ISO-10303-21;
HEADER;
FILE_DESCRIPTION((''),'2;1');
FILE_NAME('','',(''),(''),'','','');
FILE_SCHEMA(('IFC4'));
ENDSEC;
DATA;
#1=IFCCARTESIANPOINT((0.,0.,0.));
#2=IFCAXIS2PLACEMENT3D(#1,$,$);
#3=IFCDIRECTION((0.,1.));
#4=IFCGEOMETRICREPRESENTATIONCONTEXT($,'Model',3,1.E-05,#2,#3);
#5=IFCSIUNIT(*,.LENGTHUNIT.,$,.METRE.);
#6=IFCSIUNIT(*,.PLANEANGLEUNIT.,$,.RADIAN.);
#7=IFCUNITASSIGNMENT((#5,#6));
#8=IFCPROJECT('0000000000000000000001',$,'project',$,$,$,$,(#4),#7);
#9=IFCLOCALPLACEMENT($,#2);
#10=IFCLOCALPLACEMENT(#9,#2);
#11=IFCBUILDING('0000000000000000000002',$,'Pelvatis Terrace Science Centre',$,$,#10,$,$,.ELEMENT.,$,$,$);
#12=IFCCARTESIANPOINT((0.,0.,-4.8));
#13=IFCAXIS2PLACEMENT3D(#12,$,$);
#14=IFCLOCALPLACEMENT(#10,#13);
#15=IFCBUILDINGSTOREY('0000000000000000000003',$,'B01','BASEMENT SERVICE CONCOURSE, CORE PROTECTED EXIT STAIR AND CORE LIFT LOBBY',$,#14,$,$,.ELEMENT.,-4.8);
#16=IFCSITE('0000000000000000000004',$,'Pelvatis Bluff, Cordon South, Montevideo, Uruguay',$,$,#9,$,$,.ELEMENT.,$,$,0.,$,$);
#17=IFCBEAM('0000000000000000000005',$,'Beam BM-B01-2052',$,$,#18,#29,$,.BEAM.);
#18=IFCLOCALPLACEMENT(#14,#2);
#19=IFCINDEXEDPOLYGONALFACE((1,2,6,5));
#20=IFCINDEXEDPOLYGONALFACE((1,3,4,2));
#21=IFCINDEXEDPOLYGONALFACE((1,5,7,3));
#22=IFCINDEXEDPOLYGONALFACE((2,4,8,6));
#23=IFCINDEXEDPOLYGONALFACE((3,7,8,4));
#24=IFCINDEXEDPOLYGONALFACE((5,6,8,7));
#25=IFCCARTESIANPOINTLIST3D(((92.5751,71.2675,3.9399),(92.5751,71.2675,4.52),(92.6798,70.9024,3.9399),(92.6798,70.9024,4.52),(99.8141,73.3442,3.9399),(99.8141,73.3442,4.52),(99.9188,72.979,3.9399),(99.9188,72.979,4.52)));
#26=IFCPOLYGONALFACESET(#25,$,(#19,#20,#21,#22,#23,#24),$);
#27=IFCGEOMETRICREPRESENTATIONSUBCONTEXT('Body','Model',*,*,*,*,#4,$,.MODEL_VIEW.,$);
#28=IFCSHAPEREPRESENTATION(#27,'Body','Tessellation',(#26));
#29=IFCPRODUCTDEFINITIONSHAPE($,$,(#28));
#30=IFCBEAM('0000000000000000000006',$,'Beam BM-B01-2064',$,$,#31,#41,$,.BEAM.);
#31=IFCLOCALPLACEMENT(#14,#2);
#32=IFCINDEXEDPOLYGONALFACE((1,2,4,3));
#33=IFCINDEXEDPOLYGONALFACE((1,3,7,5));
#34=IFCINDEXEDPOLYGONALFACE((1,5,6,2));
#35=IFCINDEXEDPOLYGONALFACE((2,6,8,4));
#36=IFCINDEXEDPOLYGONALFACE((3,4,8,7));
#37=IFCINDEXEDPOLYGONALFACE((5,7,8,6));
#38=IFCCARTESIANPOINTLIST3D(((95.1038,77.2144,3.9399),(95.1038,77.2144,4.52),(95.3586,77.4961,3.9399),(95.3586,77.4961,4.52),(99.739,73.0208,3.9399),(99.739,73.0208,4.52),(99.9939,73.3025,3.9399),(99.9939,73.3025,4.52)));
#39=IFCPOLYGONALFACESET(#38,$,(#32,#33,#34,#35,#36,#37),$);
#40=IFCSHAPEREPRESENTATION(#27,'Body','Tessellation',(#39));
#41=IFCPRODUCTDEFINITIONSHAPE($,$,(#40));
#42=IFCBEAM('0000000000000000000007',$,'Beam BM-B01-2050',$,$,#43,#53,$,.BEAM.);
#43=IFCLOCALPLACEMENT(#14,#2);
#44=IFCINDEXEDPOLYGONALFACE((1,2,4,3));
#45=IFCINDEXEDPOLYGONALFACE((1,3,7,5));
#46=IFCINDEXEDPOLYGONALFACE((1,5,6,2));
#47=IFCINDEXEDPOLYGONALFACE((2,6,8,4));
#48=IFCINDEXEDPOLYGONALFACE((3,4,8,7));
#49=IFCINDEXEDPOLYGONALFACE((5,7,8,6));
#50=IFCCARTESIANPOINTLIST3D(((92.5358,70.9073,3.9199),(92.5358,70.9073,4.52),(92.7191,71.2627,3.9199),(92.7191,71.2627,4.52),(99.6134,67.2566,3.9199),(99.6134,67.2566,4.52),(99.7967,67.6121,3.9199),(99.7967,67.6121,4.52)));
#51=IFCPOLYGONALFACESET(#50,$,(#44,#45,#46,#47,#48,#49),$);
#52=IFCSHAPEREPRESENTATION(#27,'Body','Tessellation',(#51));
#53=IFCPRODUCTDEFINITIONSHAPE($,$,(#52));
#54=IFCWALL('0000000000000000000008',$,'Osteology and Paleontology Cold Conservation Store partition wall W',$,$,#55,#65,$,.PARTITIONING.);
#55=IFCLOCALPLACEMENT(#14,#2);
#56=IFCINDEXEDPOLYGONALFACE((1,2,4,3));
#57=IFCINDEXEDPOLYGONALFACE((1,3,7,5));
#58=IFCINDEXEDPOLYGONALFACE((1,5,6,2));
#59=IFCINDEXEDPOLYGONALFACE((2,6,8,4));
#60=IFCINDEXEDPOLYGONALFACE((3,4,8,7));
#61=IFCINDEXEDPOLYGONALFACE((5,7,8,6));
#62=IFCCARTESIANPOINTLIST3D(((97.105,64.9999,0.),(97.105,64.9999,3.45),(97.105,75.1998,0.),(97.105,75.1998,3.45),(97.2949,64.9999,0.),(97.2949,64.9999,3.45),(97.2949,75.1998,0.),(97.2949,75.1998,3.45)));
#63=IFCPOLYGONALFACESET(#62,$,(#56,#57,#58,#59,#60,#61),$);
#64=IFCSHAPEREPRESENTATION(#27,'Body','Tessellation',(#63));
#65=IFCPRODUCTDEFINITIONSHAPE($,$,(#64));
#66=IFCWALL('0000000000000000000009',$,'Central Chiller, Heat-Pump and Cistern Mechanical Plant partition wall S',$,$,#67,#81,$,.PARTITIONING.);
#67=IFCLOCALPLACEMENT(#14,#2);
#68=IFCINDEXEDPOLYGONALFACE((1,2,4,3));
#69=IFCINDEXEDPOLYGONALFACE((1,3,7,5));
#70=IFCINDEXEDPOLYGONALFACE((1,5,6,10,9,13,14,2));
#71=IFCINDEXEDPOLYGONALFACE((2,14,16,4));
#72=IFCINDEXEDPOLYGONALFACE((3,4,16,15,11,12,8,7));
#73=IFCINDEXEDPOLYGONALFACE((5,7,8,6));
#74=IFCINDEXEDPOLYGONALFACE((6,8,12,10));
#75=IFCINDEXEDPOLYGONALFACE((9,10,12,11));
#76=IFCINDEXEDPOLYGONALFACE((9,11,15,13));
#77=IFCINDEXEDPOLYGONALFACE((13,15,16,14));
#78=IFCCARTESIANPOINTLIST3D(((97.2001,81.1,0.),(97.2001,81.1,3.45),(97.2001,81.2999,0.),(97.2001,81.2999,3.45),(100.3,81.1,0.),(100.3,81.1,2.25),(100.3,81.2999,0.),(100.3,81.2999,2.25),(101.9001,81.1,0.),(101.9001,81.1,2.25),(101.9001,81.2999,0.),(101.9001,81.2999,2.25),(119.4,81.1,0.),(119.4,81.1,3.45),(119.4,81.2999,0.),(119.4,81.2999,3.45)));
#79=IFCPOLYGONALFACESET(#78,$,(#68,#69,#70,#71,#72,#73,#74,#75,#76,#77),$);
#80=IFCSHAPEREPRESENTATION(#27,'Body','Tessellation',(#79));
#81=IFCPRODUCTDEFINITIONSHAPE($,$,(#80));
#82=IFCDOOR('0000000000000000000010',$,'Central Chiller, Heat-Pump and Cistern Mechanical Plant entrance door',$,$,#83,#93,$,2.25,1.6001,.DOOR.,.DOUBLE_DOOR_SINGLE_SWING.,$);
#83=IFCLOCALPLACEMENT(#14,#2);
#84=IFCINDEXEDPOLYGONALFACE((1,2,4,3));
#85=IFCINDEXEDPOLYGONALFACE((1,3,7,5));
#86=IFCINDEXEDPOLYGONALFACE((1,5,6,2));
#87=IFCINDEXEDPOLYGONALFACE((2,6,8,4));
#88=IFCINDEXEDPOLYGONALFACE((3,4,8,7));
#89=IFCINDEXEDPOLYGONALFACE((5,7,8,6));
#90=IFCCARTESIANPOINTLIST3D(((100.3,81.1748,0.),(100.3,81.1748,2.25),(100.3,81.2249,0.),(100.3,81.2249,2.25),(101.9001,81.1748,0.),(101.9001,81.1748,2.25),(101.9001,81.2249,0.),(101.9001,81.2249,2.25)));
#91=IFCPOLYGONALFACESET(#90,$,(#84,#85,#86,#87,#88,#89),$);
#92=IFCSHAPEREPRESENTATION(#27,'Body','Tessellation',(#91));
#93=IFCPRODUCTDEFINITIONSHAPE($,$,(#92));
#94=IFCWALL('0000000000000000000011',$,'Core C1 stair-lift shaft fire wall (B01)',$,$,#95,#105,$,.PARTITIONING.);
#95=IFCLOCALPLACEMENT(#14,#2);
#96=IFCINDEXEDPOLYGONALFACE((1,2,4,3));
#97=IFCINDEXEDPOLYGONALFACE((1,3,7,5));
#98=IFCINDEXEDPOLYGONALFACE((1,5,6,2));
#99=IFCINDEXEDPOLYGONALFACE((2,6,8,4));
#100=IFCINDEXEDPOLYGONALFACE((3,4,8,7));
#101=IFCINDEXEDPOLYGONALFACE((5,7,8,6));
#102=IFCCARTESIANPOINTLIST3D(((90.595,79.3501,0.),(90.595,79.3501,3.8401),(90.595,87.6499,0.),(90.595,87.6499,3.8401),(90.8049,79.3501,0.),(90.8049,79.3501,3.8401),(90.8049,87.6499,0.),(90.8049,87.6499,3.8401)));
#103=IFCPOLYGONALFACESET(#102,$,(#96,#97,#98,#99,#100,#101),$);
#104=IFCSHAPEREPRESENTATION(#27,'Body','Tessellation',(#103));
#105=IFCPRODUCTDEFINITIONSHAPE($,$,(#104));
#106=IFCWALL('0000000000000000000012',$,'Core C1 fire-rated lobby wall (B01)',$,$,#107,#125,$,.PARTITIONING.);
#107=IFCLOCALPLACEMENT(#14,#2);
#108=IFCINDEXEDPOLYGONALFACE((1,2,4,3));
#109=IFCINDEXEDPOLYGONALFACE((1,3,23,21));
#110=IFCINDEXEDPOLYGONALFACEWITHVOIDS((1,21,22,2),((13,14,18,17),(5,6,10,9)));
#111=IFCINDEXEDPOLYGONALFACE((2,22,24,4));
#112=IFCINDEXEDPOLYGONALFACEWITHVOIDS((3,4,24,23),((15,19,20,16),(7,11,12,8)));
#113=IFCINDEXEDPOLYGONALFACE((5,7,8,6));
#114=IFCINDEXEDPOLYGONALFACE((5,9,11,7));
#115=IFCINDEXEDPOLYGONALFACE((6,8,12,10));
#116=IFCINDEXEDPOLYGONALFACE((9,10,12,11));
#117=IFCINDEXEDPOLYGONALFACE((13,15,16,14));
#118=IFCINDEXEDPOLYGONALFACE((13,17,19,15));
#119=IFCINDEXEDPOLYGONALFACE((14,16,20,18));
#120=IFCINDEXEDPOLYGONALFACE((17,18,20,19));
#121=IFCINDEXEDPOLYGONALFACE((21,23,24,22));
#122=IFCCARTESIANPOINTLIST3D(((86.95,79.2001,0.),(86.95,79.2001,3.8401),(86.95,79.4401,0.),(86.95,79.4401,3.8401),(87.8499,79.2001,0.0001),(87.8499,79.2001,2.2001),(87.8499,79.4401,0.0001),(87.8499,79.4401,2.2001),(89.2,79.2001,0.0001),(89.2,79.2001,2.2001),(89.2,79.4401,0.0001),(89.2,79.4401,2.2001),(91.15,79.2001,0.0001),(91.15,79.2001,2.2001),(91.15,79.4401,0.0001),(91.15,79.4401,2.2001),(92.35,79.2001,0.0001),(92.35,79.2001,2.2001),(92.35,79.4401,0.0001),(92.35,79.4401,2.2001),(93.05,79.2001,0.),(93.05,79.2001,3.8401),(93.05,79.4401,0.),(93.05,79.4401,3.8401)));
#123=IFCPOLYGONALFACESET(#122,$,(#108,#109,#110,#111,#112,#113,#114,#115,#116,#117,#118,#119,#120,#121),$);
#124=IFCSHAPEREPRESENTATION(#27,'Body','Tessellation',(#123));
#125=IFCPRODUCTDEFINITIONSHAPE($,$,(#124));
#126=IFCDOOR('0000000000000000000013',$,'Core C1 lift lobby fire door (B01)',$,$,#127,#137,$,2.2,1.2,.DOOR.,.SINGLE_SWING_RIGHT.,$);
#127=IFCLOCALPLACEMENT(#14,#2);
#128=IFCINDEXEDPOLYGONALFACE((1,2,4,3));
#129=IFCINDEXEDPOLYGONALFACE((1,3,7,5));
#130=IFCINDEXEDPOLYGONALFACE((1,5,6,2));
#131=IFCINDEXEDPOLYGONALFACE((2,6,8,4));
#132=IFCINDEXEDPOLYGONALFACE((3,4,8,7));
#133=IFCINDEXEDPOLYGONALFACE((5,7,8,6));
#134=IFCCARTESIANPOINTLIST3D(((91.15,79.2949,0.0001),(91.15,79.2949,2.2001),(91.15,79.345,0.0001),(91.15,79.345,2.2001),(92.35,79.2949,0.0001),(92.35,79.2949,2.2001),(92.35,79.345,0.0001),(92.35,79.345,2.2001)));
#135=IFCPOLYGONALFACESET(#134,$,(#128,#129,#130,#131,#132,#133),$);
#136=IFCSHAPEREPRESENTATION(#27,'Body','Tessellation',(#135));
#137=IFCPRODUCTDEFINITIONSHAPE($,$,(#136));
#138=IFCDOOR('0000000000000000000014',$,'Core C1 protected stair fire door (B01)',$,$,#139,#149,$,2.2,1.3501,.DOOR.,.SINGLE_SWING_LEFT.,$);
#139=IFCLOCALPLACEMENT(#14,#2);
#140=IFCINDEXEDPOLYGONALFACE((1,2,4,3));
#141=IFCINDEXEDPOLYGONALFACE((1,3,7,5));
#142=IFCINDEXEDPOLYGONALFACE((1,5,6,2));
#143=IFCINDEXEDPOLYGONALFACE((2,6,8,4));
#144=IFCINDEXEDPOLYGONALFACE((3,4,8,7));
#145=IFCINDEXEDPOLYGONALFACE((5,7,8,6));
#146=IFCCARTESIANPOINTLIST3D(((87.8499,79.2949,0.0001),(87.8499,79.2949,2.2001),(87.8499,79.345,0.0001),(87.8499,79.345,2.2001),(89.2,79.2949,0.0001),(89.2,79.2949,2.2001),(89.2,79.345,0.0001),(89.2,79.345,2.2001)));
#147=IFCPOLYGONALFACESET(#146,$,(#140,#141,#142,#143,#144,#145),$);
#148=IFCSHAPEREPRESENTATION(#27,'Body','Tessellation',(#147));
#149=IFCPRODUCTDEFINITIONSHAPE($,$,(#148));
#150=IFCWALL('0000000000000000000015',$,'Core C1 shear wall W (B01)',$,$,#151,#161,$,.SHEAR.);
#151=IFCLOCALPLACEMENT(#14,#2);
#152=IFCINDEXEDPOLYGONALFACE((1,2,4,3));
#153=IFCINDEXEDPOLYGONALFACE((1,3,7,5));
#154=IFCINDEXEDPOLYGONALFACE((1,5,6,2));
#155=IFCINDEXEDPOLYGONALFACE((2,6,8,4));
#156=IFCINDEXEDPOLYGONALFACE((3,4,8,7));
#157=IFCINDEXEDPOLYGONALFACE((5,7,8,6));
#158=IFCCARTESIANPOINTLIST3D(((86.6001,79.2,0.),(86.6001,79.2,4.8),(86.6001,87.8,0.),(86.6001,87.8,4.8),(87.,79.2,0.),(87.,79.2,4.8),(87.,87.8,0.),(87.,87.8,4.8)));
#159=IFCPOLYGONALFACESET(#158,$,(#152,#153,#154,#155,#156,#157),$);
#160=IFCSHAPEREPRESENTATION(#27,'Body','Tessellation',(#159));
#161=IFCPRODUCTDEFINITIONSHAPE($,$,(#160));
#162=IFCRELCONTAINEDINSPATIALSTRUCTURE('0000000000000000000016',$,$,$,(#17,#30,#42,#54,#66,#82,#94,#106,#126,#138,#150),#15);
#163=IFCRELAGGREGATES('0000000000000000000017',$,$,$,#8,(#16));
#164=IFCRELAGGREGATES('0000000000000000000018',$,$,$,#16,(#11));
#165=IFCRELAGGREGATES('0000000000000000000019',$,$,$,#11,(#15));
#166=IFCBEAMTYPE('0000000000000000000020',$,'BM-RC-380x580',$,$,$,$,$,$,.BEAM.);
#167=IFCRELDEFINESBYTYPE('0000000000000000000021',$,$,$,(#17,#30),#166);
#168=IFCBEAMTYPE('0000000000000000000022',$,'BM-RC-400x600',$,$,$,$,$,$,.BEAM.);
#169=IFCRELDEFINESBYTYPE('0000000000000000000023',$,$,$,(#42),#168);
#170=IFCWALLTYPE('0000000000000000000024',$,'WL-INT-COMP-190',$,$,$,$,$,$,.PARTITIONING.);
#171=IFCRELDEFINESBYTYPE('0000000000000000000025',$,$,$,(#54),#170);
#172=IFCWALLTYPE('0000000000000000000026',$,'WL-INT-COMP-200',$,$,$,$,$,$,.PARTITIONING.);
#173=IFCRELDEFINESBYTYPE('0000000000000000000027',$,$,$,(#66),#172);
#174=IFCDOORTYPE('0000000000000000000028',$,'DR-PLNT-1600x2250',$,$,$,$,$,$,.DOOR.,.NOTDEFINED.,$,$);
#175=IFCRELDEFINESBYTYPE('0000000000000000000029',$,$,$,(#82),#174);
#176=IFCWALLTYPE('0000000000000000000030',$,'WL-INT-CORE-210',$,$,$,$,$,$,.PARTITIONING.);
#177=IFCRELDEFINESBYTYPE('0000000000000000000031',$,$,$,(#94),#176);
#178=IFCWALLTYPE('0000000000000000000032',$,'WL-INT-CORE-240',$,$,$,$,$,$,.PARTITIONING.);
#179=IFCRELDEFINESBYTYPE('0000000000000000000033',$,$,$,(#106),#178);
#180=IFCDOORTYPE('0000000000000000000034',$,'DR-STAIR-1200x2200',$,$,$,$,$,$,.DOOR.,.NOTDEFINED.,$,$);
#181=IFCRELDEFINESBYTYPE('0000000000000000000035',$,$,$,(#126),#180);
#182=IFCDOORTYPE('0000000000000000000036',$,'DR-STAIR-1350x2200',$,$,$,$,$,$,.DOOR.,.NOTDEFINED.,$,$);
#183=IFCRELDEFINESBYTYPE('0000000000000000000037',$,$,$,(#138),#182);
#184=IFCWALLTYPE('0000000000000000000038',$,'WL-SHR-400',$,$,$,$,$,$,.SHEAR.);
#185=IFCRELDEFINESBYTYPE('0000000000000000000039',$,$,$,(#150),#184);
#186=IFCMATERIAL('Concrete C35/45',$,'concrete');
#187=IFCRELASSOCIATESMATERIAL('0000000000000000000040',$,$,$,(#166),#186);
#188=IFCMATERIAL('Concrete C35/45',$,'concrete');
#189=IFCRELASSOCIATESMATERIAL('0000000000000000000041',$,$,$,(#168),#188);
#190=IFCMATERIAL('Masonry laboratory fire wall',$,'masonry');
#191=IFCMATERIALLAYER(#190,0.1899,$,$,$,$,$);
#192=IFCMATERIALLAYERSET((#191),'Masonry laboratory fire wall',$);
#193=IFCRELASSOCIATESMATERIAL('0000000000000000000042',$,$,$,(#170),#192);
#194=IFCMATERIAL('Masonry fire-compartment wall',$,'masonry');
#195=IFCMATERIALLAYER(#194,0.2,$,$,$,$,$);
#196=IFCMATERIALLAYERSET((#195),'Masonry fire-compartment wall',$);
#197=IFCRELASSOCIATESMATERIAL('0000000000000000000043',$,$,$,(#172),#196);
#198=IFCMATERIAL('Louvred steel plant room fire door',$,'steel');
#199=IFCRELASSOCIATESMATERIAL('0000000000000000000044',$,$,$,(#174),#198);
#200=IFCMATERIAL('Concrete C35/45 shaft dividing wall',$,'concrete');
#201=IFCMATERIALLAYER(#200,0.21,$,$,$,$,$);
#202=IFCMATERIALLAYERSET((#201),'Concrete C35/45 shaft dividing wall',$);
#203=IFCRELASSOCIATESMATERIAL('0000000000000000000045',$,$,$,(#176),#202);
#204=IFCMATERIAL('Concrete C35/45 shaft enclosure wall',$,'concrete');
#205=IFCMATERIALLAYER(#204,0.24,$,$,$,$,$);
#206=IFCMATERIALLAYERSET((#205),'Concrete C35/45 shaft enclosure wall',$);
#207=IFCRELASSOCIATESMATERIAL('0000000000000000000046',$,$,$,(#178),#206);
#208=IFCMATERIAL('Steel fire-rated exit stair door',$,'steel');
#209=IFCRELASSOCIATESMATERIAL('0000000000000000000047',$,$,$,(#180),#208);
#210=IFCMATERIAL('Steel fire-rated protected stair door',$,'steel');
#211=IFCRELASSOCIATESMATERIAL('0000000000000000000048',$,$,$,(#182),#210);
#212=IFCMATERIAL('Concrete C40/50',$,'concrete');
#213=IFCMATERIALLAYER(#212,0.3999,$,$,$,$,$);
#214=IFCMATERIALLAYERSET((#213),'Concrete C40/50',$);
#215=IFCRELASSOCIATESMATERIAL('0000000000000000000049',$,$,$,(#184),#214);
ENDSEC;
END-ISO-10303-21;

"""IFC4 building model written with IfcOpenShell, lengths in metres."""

from ifc_helpers import new_model, si_unit, direction, frame, frame_2d, origin, origin_2d, place, context, subcontext, project, spatial, rectangle, extrude, material, layer, layer_set, material_profile, profile_set, type_object, element, fill, save


model = new_model("IFC4")

# Units and contexts
model_context = context("Model", 3, precision=1e-05, world=origin(), true_north=direction((0.0, 1.0)))
body_context = subcontext(model_context, "Body", "Model", "MODEL_VIEW")
ifc_project = project(units=[si_unit("LENGTHUNIT", "METRE"), si_unit("PLANEANGLEUNIT", "RADIAN")], contexts=[model_context])

# Site, building, storey
site_placement = place(None, origin())
site = spatial("IfcSite", under=ifc_project, at=site_placement, Name="Pelvatis Bluff, Cordon South, Montevideo, Uruguay", CompositionType="ELEMENT", RefElevation=0.0)
building_placement = place(site_placement, origin())
building = spatial("IfcBuilding", under=site, at=building_placement, Name="Pelvatis Terrace Science Centre", CompositionType="ELEMENT")
storey_placement = place(building_placement, frame((0.0, 0.0, -4.8)))
storey = spatial("IfcBuildingStorey", under=building, at=storey_placement, Name="B01", Description="BASEMENT SERVICE CONCOURSE, CORE PROTECTED EXIT STAIR AND CORE LIFT LOBBY", CompositionType="ELEMENT", Elevation=-4.8)

# Beams
ifc_material_1 = material(Name="Concrete C35/45", Category="concrete")
ifc_material_profile_1 = material_profile(ifc_material_1, rectangle(XDim=0.3799, YDim=0.5801, at=origin_2d()), Name="RC-BM 380x580")
ifc_profile_set_1 = profile_set([ifc_material_profile_1], Name="Concrete C35/45")
beam_type_1 = type_object("IfcBeamType", Name="BM-RC-380x580", PredefinedType="BEAM", material=ifc_profile_set_1)
beam_1_placement = place(storey_placement, frame((92.6274, 71.085, 4.23), z_axis=(0.96123, 0.275749, 0.0), x_axis=(-0.275749, 0.96123, 0.0)))
element("IfcBeam", 1, at=beam_1_placement, inside=storey, type_object=beam_type_1, Name="Beam BM-B01-2052", PredefinedType="BEAM", context=body_context, shape_type="SweptSolid", body=[
    extrude(rectangle(XDim=0.3799, YDim=0.5801, at=origin_2d()), origin(), (0.0, 0.0, 1.0), 7.531),
])
beam_2_placement = place(storey_placement, frame((95.2312, 77.3552, 4.23), z_axis=(0.741552, -0.670896, 0.0), x_axis=(0.670896, 0.741552, 0.0)))
element("IfcBeam", 2, at=beam_2_placement, inside=storey, type_object=beam_type_1, Name="Beam BM-B01-2064", PredefinedType="BEAM", context=body_context, shape_type="SweptSolid", body=[
    extrude(rectangle(XDim=0.3799, YDim=0.5801, at=origin_2d()), origin(), (0.0, 0.0, 1.0), 6.2507),
])
ifc_material_2 = material(Name="Concrete C35/45", Category="concrete")
ifc_material_profile_2 = material_profile(ifc_material_2, rectangle(XDim=0.3999, YDim=0.6001, at=origin_2d()), Name="RC-BM 400x600")
ifc_profile_set_2 = profile_set([ifc_material_profile_2], Name="Concrete C35/45")
beam_type_2 = type_object("IfcBeamType", Name="BM-RC-400x600", PredefinedType="BEAM", material=ifc_profile_set_2)
beam_3_placement = place(storey_placement, frame((92.6274, 71.085, 4.22), z_axis=(0.88874, -0.458411, 0.0), x_axis=(0.458411, 0.88874, 0.0)))
element("IfcBeam", 3, at=beam_3_placement, inside=storey, type_object=beam_type_2, Name="Beam BM-B01-2050", PredefinedType="BEAM", context=body_context, shape_type="SweptSolid", body=[
    extrude(rectangle(XDim=0.3999, YDim=0.6001, at=origin_2d()), origin(), (0.0, 0.0, 1.0), 7.9636),
])

# Wall
ifc_material_3 = material(Name="Masonry laboratory fire wall", Category="masonry")
ifc_layer_1 = layer(ifc_material_3, 0.1899)
ifc_layer_set_1 = layer_set([ifc_layer_1], Name="Masonry laboratory fire wall")
wall_type_1 = type_object("IfcWallType", Name="WL-INT-COMP-190", PredefinedType="PARTITIONING", material=ifc_layer_set_1)
wall_1_placement = place(storey_placement, frame((97.2, 75.2, 0.0), z_axis=(0.0, 0.0, 1.0), x_axis=(0.0, -1.0, 0.0)))
element("IfcWall", 4, at=wall_1_placement, inside=storey, type_object=wall_type_1, Name="Osteology and Paleontology Cold Conservation Store partition wall W", PredefinedType="PARTITIONING", context=body_context, shape_type="SweptSolid", body=[
    extrude(rectangle(XDim=10.2, YDim=0.1899, at=frame_2d((5.1001, 0.0))), origin(), (0.0, 0.0, 1.0), 3.45),
])

# Wall, opening, door
ifc_material_4 = material(Name="Masonry fire-compartment wall", Category="masonry")
ifc_layer_2 = layer(ifc_material_4, 0.2)
ifc_layer_set_2 = layer_set([ifc_layer_2], Name="Masonry fire-compartment wall")
wall_type_2 = type_object("IfcWallType", Name="WL-INT-COMP-200", PredefinedType="PARTITIONING", material=ifc_layer_set_2)
wall_2_placement = place(storey_placement, frame((97.2, 81.2, 0.0), z_axis=(0.0, 0.0, 1.0), x_axis=(1.0, 0.0, 0.0)))
wall_2 = element("IfcWall", 5, at=wall_2_placement, inside=storey, type_object=wall_type_2, Name="Central Chiller, Heat-Pump and Cistern Mechanical Plant partition wall S", PredefinedType="PARTITIONING", context=body_context, shape_type="SweptSolid", body=[
    extrude(rectangle(XDim=22.2, YDim=0.2, at=frame_2d((11.1001, 0.0))), origin(), (0.0, 0.0, 1.0), 3.45),
])
opening_1_placement = place(wall_2_placement, frame((3.1001, 0.0, 0.0)))
opening_1 = element("IfcOpeningElement", 6, at=opening_1_placement, cuts=wall_2, PredefinedType="OPENING", context=body_context, shape_type="SweptSolid", body=[
    extrude(rectangle(XDim=1.6001, YDim=2.25, at=frame_2d((0.8, 1.125))), frame((0.0, 0.1099, 0.0), z_axis=(0.0, -1.0, 0.0), x_axis=(1.0, 0.0, 0.0)), (0.0, 0.0, 1.0), 0.22),
])
ifc_material_5 = material(Name="Louvred steel plant room fire door", Category="steel")
door_type_1 = type_object("IfcDoorType", Name="DR-PLNT-1600x2250", OperationType="NOTDEFINED", PredefinedType="DOOR", material=ifc_material_5)
door_1_placement = place(opening_1_placement, origin())
door_1 = element("IfcDoor", 7, at=door_1_placement, inside=storey, type_object=door_type_1, Name="Central Chiller, Heat-Pump and Cistern Mechanical Plant entrance door", OperationType="DOUBLE_DOOR_SINGLE_SWING", OverallHeight=2.25, OverallWidth=1.6001, PredefinedType="DOOR", context=body_context, shape_type="SweptSolid", body=[
    extrude(rectangle(XDim=1.6001, YDim=2.25, at=frame_2d((0.8, 1.125))), frame((0.0, 0.0249, 0.0), z_axis=(0.0, -1.0, 0.0), x_axis=(1.0, 0.0, 0.0)), (0.0, 0.0, 1.0), 0.05),
])
fill(opening_1, door_1)

# Wall
ifc_material_6 = material(Name="Concrete C35/45 shaft dividing wall", Category="concrete")
ifc_layer_3 = layer(ifc_material_6, 0.21)
ifc_layer_set_3 = layer_set([ifc_layer_3], Name="Concrete C35/45 shaft dividing wall")
wall_type_3 = type_object("IfcWallType", Name="WL-INT-CORE-210", PredefinedType="PARTITIONING", material=ifc_layer_set_3)
wall_3_placement = place(storey_placement, frame((90.7, 79.3501, 0.0), z_axis=(0.0, 0.0, 1.0), x_axis=(0.0, 1.0, 0.0)))
element("IfcWall", 8, at=wall_3_placement, inside=storey, type_object=wall_type_3, Name="Core C1 stair-lift shaft fire wall (B01)", PredefinedType="PARTITIONING", context=body_context, shape_type="SweptSolid", body=[
    extrude(rectangle(XDim=8.2998, YDim=0.21, at=frame_2d((4.1499, 0.0))), origin(), (0.0, 0.0, 1.0), 3.8401),
])

# Wall, openings, doors
ifc_material_7 = material(Name="Concrete C35/45 shaft enclosure wall", Category="concrete")
ifc_layer_4 = layer(ifc_material_7, 0.24)
ifc_layer_set_4 = layer_set([ifc_layer_4], Name="Concrete C35/45 shaft enclosure wall")
wall_type_4 = type_object("IfcWallType", Name="WL-INT-CORE-240", PredefinedType="PARTITIONING", material=ifc_layer_set_4)
wall_4_placement = place(storey_placement, frame((86.95, 79.3201, 0.0), z_axis=(0.0, 0.0, 1.0), x_axis=(1.0, 0.0, 0.0)))
wall_4 = element("IfcWall", 9, at=wall_4_placement, inside=storey, type_object=wall_type_4, Name="Core C1 fire-rated lobby wall (B01)", PredefinedType="PARTITIONING", context=body_context, shape_type="SweptSolid", body=[
    extrude(rectangle(XDim=6.1001, YDim=0.24, at=frame_2d((3.05, 0.0))), origin(), (0.0, 0.0, 1.0), 3.8401),
])
opening_2_placement = place(wall_4_placement, frame((0.8999, 0.0, 0.0)))
opening_2 = element("IfcOpeningElement", 10, at=opening_2_placement, cuts=wall_4, PredefinedType="OPENING", context=body_context, shape_type="SweptSolid", body=[
    extrude(rectangle(XDim=1.3501, YDim=2.2, at=frame_2d((0.675, 1.1001))), frame((0.0, 0.1299, 0.0), z_axis=(0.0, -1.0, 0.0), x_axis=(1.0, 0.0, 0.0)), (0.0, 0.0, 1.0), 0.26),
])
opening_3_placement = place(wall_4_placement, frame((4.2, 0.0, 0.0)))
opening_3 = element("IfcOpeningElement", 11, at=opening_3_placement, cuts=wall_4, PredefinedType="OPENING", context=body_context, shape_type="SweptSolid", body=[
    extrude(rectangle(XDim=1.2, YDim=2.2, at=frame_2d((0.6001, 1.1001))), frame((0.0, 0.1299, 0.0), z_axis=(0.0, -1.0, 0.0), x_axis=(1.0, 0.0, 0.0)), (0.0, 0.0, 1.0), 0.26),
])
ifc_material_8 = material(Name="Steel fire-rated exit stair door", Category="steel")
door_type_2 = type_object("IfcDoorType", Name="DR-STAIR-1200x2200", OperationType="NOTDEFINED", PredefinedType="DOOR", material=ifc_material_8)
door_2_placement = place(opening_3_placement, origin())
door_2 = element("IfcDoor", 12, at=door_2_placement, inside=storey, type_object=door_type_2, Name="Core C1 lift lobby fire door (B01)", OperationType="SINGLE_SWING_RIGHT", OverallHeight=2.2, OverallWidth=1.2, PredefinedType="DOOR", context=body_context, shape_type="SweptSolid", body=[
    extrude(rectangle(XDim=1.2, YDim=2.2, at=frame_2d((0.6001, 1.1001))), frame((0.0, 0.0249, 0.0), z_axis=(0.0, -1.0, 0.0), x_axis=(1.0, 0.0, 0.0)), (0.0, 0.0, 1.0), 0.05),
])
fill(opening_3, door_2)
ifc_material_9 = material(Name="Steel fire-rated protected stair door", Category="steel")
door_type_3 = type_object("IfcDoorType", Name="DR-STAIR-1350x2200", OperationType="NOTDEFINED", PredefinedType="DOOR", material=ifc_material_9)
door_3_placement = place(opening_2_placement, origin())
door_3 = element("IfcDoor", 13, at=door_3_placement, inside=storey, type_object=door_type_3, Name="Core C1 protected stair fire door (B01)", OperationType="SINGLE_SWING_LEFT", OverallHeight=2.2, OverallWidth=1.3501, PredefinedType="DOOR", context=body_context, shape_type="SweptSolid", body=[
    extrude(rectangle(XDim=1.3501, YDim=2.2, at=frame_2d((0.675, 1.1001))), frame((0.0, 0.0249, 0.0), z_axis=(0.0, -1.0, 0.0), x_axis=(1.0, 0.0, 0.0)), (0.0, 0.0, 1.0), 0.05),
])
fill(opening_2, door_3)

# Wall
ifc_material_10 = material(Name="Concrete C40/50", Category="concrete")
ifc_layer_5 = layer(ifc_material_10, 0.3999)
ifc_layer_set_5 = layer_set([ifc_layer_5], Name="Concrete C40/50")
wall_type_5 = type_object("IfcWallType", Name="WL-SHR-400", PredefinedType="SHEAR", material=ifc_layer_set_5)
for number, where, z_axis, x_axis, name in (
    (14, (86.8, 79.2, 0.0), (0.0, 0.0, 1.0), (0.0, 1.0, 0.0), "Core C1 shear wall W (B01)"),
):
    element("IfcWall", number, at=place(storey_placement, frame(where, z_axis=z_axis, x_axis=x_axis)), inside=storey, type_object=wall_type_5, Name=name, PredefinedType="SHEAR", context=body_context, shape_type="SweptSolid", body=[
        extrude(rectangle(XDim=8.6001, YDim=0.3999, at=frame_2d((4.3, 0.0))), origin(), (0.0, 0.0, 1.0), 4.8),
    ])

save(model, "model.ifc")
